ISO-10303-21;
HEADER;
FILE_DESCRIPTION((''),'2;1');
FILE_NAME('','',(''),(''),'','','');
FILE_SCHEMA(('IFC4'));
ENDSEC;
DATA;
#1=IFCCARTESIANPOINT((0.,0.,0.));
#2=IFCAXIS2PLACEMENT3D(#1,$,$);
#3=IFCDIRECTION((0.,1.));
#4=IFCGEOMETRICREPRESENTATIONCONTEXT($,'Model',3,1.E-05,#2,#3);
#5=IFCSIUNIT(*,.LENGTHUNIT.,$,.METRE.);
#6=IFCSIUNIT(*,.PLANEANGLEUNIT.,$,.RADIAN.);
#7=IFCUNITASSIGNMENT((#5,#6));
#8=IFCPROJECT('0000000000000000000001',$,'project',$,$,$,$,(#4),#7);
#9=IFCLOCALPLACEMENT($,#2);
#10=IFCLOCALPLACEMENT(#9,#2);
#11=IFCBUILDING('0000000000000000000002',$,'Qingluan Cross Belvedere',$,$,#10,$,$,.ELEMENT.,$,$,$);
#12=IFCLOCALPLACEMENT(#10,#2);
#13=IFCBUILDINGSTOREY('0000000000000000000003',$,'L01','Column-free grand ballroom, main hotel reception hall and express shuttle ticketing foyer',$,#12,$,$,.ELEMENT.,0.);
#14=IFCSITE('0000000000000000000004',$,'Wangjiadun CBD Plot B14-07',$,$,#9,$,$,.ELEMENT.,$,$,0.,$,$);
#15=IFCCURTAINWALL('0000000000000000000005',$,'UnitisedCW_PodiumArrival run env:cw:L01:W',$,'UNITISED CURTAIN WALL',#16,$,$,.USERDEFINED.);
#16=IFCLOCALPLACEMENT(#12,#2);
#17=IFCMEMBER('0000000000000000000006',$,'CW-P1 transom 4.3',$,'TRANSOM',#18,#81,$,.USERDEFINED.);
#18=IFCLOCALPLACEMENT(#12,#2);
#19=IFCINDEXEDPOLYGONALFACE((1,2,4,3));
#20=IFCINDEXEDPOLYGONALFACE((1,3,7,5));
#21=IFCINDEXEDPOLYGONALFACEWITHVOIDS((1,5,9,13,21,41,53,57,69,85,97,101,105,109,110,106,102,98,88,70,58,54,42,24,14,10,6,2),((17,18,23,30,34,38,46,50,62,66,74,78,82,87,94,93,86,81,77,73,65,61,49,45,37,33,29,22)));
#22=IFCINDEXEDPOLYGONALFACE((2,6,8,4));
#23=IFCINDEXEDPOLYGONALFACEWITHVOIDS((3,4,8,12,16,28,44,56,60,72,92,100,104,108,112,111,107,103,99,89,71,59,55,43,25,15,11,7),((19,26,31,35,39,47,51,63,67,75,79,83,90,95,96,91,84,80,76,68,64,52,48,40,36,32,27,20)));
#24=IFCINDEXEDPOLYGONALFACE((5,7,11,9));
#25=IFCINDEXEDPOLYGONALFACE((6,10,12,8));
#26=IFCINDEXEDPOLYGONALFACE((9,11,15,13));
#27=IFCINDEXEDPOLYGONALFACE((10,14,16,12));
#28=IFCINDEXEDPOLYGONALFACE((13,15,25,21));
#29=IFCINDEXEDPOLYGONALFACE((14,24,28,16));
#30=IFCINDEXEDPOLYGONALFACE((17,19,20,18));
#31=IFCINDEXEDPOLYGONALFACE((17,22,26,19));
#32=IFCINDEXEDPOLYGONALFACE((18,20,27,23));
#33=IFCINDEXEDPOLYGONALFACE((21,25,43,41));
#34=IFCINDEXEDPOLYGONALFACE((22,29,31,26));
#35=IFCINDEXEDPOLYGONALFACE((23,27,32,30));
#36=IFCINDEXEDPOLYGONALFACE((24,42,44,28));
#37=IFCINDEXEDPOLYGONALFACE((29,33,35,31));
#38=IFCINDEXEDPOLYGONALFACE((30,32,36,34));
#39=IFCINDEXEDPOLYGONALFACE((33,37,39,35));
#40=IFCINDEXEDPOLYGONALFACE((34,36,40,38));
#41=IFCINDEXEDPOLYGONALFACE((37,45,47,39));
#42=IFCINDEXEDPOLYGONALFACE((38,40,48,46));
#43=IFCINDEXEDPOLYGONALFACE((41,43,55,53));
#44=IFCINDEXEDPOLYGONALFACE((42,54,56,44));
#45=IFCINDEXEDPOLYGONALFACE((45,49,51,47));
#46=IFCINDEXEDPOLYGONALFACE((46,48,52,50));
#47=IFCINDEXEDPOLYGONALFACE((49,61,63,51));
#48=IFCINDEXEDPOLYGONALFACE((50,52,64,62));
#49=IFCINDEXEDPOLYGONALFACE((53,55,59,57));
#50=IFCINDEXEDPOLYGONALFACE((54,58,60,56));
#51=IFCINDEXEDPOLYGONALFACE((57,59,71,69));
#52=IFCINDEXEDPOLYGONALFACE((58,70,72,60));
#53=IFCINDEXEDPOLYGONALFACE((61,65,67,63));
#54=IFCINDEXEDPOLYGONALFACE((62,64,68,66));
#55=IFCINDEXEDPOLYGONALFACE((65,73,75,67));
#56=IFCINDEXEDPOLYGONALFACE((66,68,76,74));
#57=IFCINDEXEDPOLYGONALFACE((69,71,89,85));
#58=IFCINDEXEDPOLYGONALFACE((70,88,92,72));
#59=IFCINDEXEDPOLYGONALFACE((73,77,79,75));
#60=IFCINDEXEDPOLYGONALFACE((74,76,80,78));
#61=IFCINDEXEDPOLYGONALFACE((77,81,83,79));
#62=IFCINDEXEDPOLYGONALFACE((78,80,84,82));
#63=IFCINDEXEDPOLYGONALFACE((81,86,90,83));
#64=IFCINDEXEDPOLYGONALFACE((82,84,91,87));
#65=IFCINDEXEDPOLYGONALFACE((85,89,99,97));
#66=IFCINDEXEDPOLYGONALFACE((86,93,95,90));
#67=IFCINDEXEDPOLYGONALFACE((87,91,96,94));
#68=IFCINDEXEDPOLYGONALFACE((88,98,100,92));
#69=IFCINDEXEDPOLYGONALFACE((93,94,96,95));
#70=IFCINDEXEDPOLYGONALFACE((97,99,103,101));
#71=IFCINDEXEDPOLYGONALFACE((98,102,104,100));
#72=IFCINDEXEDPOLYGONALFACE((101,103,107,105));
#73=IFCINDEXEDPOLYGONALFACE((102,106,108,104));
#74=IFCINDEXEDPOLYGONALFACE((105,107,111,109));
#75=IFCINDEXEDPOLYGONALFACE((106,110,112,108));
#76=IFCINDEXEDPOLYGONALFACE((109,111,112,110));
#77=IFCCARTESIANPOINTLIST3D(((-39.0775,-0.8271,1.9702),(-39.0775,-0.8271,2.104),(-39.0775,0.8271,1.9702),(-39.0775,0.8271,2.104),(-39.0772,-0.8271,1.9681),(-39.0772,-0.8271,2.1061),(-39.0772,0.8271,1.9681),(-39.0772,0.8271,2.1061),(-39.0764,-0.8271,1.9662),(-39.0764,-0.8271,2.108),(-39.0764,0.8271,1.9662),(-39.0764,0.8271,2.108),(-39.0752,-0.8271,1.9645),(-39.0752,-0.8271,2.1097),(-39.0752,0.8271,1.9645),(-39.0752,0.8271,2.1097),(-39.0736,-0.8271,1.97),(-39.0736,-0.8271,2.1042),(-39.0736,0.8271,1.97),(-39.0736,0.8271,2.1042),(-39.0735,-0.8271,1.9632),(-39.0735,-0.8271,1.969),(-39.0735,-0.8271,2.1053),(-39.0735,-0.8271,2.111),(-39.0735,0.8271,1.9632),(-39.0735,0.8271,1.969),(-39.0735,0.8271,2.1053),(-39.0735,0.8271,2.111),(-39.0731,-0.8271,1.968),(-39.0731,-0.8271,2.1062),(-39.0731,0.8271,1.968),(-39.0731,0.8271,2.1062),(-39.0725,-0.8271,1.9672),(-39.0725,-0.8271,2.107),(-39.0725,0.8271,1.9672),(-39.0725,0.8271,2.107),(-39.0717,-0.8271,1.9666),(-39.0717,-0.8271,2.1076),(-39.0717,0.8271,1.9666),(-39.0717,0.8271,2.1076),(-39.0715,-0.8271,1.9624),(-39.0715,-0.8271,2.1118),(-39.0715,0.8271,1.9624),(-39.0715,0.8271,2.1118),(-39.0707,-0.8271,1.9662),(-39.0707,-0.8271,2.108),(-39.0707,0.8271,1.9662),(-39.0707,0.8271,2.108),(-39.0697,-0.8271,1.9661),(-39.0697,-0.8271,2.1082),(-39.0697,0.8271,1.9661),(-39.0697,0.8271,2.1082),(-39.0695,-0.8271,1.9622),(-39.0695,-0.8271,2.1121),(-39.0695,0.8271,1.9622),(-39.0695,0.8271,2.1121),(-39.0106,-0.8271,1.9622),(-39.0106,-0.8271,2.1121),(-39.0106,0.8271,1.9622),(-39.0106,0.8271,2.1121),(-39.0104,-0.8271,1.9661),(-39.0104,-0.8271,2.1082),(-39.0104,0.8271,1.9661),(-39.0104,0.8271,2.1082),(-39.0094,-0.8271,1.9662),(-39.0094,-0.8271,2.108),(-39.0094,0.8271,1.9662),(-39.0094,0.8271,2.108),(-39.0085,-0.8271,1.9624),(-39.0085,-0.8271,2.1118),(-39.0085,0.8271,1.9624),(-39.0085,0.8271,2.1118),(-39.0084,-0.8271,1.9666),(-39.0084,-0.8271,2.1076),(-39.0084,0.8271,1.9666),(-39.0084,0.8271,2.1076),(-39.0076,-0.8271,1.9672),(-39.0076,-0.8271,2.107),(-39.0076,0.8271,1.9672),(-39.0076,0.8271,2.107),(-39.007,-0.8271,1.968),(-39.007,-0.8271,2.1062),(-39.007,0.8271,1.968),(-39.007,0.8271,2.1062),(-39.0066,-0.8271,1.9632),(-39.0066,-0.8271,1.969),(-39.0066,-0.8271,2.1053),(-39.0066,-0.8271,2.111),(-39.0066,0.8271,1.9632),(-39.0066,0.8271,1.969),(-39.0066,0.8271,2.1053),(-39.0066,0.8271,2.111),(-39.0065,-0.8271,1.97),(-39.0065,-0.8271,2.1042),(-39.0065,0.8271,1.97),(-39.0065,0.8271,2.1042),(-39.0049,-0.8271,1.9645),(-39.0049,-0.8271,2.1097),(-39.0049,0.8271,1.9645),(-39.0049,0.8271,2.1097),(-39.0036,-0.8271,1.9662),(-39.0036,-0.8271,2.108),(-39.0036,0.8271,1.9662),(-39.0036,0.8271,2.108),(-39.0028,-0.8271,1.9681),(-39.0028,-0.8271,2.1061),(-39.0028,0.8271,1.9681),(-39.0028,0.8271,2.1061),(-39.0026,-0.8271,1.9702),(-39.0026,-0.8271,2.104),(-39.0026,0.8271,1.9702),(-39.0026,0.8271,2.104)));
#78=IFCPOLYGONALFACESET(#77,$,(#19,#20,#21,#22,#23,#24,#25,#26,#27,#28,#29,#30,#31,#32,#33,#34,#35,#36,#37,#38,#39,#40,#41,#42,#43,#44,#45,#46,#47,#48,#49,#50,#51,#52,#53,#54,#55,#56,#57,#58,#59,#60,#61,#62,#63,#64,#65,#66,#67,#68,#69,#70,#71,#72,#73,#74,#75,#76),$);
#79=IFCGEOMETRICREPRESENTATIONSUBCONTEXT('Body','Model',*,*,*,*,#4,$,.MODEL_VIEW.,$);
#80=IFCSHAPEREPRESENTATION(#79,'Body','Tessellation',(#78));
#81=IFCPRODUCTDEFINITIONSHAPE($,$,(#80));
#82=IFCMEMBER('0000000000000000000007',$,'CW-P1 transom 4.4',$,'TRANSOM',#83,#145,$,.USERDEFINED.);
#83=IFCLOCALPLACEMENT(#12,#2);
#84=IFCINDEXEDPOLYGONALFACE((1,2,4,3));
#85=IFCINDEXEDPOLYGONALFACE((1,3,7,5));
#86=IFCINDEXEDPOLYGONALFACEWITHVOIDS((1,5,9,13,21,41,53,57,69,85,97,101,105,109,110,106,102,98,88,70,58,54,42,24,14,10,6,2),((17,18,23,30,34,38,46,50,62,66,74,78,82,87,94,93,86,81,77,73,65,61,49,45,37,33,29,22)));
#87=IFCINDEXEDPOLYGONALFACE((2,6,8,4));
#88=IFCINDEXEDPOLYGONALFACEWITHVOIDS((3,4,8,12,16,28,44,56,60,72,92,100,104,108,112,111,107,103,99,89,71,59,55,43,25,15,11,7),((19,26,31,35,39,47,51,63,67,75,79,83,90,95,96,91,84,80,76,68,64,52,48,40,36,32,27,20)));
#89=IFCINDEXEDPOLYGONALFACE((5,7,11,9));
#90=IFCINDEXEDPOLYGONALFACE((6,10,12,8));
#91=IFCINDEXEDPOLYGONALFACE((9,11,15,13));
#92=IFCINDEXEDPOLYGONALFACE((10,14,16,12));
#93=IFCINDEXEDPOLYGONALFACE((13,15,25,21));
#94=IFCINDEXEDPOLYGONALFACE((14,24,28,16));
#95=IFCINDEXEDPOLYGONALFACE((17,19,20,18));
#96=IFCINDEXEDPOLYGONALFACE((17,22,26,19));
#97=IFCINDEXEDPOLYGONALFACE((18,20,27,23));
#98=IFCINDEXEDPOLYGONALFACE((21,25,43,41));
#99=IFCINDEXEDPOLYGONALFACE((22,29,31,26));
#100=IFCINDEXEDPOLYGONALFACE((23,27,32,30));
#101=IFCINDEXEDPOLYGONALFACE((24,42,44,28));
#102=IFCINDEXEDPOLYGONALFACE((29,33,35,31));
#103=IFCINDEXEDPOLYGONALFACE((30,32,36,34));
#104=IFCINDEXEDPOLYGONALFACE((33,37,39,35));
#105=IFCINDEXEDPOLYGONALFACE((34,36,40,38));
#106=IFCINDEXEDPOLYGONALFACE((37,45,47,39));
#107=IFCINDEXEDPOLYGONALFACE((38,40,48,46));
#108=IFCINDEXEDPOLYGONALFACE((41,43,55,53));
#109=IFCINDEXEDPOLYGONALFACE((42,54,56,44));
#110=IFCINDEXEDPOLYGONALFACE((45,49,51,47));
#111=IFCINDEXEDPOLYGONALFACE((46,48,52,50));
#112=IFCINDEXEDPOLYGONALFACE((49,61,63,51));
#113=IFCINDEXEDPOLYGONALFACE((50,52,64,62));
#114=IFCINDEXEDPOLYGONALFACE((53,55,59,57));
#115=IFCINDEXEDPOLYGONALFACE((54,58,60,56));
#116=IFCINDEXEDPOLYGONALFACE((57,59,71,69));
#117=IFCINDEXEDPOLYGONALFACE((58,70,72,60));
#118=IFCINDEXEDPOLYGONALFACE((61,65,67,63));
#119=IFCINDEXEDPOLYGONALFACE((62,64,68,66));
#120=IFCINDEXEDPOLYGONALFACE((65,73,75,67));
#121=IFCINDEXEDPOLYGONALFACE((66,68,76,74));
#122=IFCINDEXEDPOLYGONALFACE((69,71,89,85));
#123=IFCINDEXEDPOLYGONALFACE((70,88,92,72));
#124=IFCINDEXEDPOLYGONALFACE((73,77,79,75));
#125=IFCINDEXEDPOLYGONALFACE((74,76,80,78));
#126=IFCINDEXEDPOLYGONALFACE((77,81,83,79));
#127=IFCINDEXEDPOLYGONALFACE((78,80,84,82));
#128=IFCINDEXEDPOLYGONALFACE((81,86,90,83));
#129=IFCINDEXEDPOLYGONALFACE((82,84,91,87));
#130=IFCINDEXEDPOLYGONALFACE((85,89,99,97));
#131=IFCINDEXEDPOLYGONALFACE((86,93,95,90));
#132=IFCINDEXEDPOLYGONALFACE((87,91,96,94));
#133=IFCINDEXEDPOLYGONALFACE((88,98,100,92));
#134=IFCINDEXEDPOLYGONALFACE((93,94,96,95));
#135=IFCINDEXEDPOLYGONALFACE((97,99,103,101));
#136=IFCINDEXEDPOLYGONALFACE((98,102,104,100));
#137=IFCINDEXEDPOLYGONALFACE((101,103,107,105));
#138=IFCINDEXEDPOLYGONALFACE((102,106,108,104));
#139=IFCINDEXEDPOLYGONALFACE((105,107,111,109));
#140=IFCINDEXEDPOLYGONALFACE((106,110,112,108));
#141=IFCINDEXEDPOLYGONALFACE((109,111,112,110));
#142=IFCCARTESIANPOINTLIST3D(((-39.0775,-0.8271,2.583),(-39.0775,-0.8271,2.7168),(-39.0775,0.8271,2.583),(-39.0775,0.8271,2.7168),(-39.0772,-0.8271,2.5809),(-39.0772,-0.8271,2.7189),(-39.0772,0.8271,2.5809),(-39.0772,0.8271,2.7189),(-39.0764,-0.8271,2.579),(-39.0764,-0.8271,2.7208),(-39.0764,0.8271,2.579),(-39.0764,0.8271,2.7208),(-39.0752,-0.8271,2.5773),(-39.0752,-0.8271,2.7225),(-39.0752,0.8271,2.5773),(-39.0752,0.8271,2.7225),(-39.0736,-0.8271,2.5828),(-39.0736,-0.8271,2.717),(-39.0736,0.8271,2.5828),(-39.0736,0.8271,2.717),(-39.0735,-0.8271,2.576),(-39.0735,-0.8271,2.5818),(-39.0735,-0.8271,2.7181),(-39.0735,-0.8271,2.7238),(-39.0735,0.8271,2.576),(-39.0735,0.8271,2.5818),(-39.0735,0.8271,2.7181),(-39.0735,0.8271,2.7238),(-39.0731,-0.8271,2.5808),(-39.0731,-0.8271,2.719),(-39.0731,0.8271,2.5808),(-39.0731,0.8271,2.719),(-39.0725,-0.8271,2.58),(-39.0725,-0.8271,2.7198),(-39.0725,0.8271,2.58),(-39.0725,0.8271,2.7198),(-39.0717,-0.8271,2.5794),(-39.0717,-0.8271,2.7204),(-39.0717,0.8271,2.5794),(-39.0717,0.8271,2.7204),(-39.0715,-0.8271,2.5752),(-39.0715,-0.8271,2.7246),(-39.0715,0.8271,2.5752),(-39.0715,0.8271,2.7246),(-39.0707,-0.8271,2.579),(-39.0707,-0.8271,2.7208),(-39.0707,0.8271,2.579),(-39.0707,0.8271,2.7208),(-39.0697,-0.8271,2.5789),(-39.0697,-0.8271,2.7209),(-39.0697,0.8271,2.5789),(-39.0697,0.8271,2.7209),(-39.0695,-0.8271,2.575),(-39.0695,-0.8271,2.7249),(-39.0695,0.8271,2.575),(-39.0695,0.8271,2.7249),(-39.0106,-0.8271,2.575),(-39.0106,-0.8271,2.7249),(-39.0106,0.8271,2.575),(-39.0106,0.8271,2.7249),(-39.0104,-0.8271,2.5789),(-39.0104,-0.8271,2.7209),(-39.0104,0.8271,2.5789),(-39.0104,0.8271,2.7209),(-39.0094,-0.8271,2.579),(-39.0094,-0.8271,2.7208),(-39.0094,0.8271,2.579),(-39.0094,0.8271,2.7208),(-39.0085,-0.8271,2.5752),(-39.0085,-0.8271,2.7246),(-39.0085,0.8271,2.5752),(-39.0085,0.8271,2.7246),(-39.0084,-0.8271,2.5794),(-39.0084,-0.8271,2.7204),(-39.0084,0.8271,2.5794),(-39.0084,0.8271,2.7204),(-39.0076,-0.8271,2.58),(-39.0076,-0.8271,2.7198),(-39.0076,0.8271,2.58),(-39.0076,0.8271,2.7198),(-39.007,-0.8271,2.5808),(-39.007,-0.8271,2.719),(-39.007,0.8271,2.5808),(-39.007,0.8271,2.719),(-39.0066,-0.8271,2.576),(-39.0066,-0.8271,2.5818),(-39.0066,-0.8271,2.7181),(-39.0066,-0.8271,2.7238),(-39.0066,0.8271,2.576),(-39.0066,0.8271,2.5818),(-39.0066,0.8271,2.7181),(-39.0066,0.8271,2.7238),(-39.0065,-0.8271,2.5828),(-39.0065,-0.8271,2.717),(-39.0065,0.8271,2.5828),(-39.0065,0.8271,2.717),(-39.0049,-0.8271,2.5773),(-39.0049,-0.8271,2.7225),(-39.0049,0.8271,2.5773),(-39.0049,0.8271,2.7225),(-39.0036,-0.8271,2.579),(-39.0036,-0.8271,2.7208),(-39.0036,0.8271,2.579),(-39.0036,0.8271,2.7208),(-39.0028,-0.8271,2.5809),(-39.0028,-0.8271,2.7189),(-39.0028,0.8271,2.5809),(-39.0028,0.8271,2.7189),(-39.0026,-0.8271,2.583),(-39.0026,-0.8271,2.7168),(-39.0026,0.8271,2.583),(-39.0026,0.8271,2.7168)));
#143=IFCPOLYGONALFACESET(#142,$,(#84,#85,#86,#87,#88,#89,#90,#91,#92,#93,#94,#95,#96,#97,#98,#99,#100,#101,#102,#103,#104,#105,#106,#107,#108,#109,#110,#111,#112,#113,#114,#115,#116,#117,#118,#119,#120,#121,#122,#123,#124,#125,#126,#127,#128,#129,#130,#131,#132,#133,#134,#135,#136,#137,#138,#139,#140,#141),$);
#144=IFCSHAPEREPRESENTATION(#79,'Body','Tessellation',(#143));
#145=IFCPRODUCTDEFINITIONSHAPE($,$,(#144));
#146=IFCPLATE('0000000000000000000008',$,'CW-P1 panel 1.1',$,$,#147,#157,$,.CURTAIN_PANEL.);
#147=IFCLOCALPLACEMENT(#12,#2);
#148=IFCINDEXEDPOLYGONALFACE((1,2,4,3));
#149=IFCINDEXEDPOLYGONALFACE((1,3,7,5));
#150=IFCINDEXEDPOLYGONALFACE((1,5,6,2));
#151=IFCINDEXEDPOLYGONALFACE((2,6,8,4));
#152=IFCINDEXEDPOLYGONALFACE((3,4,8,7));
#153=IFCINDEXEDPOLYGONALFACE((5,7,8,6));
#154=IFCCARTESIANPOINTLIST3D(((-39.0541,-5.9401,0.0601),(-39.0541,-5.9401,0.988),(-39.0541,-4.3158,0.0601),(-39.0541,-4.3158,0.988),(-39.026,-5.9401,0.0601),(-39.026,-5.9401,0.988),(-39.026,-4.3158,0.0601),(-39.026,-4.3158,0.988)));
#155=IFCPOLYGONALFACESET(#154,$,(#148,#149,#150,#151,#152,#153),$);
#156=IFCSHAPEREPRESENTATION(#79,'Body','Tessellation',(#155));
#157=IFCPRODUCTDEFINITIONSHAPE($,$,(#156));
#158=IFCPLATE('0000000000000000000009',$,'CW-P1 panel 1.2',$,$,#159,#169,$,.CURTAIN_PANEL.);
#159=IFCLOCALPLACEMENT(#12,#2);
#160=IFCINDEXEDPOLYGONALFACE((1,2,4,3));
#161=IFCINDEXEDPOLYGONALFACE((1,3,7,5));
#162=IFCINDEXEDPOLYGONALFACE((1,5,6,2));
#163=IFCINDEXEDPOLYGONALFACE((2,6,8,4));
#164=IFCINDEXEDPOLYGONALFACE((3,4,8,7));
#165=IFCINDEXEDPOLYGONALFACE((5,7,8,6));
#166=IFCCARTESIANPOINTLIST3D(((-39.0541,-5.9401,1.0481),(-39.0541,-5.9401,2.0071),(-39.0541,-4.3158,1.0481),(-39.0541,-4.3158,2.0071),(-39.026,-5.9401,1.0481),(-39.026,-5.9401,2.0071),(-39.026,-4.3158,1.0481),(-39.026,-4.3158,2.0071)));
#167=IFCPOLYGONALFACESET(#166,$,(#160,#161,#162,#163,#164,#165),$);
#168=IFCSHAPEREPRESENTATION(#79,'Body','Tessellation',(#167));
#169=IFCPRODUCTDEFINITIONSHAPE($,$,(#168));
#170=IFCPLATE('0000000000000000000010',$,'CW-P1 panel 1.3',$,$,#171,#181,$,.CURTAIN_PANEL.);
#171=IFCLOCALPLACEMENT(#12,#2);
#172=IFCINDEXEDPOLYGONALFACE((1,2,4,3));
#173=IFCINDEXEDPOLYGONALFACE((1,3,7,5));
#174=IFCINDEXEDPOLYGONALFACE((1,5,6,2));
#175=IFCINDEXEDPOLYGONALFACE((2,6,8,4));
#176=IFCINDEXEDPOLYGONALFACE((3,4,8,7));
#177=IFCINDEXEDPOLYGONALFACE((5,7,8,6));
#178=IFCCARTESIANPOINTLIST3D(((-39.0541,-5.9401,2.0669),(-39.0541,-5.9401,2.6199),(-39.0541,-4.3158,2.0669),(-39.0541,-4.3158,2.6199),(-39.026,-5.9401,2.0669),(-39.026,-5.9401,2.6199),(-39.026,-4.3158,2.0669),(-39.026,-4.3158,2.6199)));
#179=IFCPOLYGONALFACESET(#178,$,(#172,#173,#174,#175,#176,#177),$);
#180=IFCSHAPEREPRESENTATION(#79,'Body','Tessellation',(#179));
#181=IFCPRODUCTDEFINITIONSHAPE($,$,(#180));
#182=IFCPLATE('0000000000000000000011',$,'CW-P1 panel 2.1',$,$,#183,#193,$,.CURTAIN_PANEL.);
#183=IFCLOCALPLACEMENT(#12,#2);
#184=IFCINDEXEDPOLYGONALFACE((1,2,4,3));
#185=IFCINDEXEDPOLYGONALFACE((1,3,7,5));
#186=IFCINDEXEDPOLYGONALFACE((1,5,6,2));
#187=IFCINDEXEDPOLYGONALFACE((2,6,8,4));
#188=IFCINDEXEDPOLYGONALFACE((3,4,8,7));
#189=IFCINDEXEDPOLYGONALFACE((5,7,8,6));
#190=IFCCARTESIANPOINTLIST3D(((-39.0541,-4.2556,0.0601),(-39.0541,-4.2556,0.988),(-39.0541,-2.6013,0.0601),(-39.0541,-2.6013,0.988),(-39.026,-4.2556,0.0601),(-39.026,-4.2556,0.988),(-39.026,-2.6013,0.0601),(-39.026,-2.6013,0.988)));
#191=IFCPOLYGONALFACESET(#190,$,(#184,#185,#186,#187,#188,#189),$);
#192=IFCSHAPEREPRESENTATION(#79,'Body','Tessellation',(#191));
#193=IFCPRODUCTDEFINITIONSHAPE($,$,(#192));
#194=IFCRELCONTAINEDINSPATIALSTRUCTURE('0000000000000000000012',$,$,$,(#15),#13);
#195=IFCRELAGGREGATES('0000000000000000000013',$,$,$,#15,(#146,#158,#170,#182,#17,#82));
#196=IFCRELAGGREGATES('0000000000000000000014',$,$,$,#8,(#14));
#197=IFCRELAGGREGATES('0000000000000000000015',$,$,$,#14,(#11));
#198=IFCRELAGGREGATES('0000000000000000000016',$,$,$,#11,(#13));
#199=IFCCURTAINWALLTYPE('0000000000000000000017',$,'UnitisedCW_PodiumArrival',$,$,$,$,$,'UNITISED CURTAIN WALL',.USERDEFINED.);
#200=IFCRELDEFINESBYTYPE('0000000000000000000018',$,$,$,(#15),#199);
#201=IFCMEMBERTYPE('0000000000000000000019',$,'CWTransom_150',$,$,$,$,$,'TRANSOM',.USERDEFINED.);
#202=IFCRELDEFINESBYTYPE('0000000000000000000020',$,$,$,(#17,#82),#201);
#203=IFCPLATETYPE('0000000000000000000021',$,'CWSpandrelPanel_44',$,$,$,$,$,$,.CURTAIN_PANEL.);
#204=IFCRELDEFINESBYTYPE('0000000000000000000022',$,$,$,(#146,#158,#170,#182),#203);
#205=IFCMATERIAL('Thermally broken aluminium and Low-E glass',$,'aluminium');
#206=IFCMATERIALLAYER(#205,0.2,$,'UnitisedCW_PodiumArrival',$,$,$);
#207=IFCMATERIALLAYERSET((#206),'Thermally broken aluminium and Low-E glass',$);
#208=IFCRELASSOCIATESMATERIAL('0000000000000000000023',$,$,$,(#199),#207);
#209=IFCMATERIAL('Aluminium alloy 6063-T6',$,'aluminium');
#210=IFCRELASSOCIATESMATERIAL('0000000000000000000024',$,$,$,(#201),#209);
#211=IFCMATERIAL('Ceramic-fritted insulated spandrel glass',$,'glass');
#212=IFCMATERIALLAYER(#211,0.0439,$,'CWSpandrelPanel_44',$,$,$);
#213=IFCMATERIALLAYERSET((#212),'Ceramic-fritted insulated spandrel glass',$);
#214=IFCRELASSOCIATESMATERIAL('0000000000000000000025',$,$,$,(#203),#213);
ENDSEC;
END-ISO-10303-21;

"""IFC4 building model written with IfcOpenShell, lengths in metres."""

from ifc_helpers import new_model, si_unit, direction, frame, origin, origin_2d, place, context, subcontext, project, spatial, rectangle, hollow_rectangle, extrude, material, layer, layer_set, material_profile, profile_set, type_object, element, aggregate, save


model = new_model("IFC4")

# Units and contexts
model_context = context("Model", 3, precision=1e-05, world=origin(), true_north=direction((0.0, 1.0)))
body_context = subcontext(model_context, "Body", "Model", "MODEL_VIEW")
ifc_project = project(units=[si_unit("LENGTHUNIT", "METRE"), si_unit("PLANEANGLEUNIT", "RADIAN")], contexts=[model_context])

# Site, building, storey
site_placement = place(None, origin())
site = spatial("IfcSite", under=ifc_project, at=site_placement, Name="Wangjiadun CBD Plot B14-07", CompositionType="ELEMENT", RefElevation=0.0)
building_placement = place(site_placement, origin())
building = spatial("IfcBuilding", under=site, at=building_placement, Name="Qingluan Cross Belvedere", CompositionType="ELEMENT")
storey_placement = place(building_placement, origin())
storey = spatial("IfcBuildingStorey", under=building, at=storey_placement, Name="L01", Description="Column-free grand ballroom, main hotel reception hall and express shuttle ticketing foyer", CompositionType="ELEMENT", Elevation=0.0)

# Curtain wall, members, plates
ifc_material_1 = material(Name="Thermally broken aluminium and Low-E glass", Category="aluminium")
ifc_layer_1 = layer(ifc_material_1, 0.2, Name="UnitisedCW_PodiumArrival")
ifc_layer_set_1 = layer_set([ifc_layer_1], Name="Thermally broken aluminium and Low-E glass")
curtain_wall_type = type_object("IfcCurtainWallType", Name="UnitisedCW_PodiumArrival", ElementType="UNITISED CURTAIN WALL", PredefinedType="USERDEFINED", material=ifc_layer_set_1)
curtain_wall_placement = place(storey_placement, origin())
curtain_wall = element("IfcCurtainWall", 1, at=curtain_wall_placement, inside=storey, type_object=curtain_wall_type, Name="UnitisedCW_PodiumArrival run env:cw:L01:W", ObjectType="UNITISED CURTAIN WALL", PredefinedType="USERDEFINED")
ifc_material_2 = material(Name="Aluminium alloy 6063-T6", Category="aluminium")
ifc_material_profile_1 = material_profile(ifc_material_2, hollow_rectangle(XDim=0.075, YDim=0.1499, WallThickness=0.0039, InnerFilletRadius=0.0039, OuterFilletRadius=0.0081, at=origin_2d()), Name="CWT150x75x4")
ifc_profile_set_1 = profile_set([ifc_material_profile_1], Name="Aluminium alloy 6063-T6")
member_type_1 = type_object("IfcMemberType", Name="CWTransom_150", ElementType="TRANSOM", PredefinedType="USERDEFINED", material=ifc_profile_set_1)
member_1_placement = place(storey_placement, frame((-39.04, -0.8271, 2.0371), z_axis=(0.0, 1.0, 0.0), x_axis=(-1.0, 0.0, 0.0)))
member_1 = element("IfcMember", 2, at=member_1_placement, type_object=member_type_1, Name="CW-P1 transom 4.3", ObjectType="TRANSOM", PredefinedType="USERDEFINED", context=body_context, shape_type="SweptSolid", body=[
    extrude(hollow_rectangle(XDim=0.075, YDim=0.1499, WallThickness=0.0039, InnerFilletRadius=0.0039, OuterFilletRadius=0.0081, at=origin_2d()), origin(), (0.0, 0.0, 1.0), 1.6543),
])
member_2_placement = place(storey_placement, frame((-39.04, -0.8271, 2.6499), z_axis=(0.0, 1.0, 0.0), x_axis=(-1.0, 0.0, 0.0)))
member_2 = element("IfcMember", 3, at=member_2_placement, type_object=member_type_1, Name="CW-P1 transom 4.4", ObjectType="TRANSOM", PredefinedType="USERDEFINED", context=body_context, shape_type="SweptSolid", body=[
    extrude(hollow_rectangle(XDim=0.075, YDim=0.1499, WallThickness=0.0039, InnerFilletRadius=0.0039, OuterFilletRadius=0.0081, at=origin_2d()), origin(), (0.0, 0.0, 1.0), 1.6543),
])
ifc_material_3 = material(Name="Ceramic-fritted insulated spandrel glass", Category="glass")
ifc_layer_2 = layer(ifc_material_3, 0.0439, Name="CWSpandrelPanel_44")
ifc_layer_set_2 = layer_set([ifc_layer_2], Name="Ceramic-fritted insulated spandrel glass")
plate_type = type_object("IfcPlateType", Name="CWSpandrelPanel_44", PredefinedType="CURTAIN_PANEL", material=ifc_layer_set_2)
plate_1_placement = place(storey_placement, frame((-39.04, -5.1279, 0.0601), z_axis=(0.0, 0.0, 1.0), x_axis=(0.0, 1.0, 0.0)))
plate_1 = element("IfcPlate", 4, at=plate_1_placement, type_object=plate_type, Name="CW-P1 panel 1.1", PredefinedType="CURTAIN_PANEL", context=body_context, shape_type="SweptSolid", body=[
    extrude(rectangle(XDim=1.6243, YDim=0.0281, at=origin_2d()), origin(), (0.0, 0.0, 1.0), 0.928),
])
plate_2_placement = place(storey_placement, frame((-39.04, -5.1279, 1.0481), z_axis=(0.0, 0.0, 1.0), x_axis=(0.0, 1.0, 0.0)))
plate_2 = element("IfcPlate", 5, at=plate_2_placement, type_object=plate_type, Name="CW-P1 panel 1.2", PredefinedType="CURTAIN_PANEL", context=body_context, shape_type="SweptSolid", body=[
    extrude(rectangle(XDim=1.6243, YDim=0.0281, at=origin_2d()), origin(), (0.0, 0.0, 1.0), 0.959),
])
plate_3_placement = place(storey_placement, frame((-39.04, -5.1279, 2.0669), z_axis=(0.0, 0.0, 1.0), x_axis=(0.0, 1.0, 0.0)))
plate_3 = element("IfcPlate", 6, at=plate_3_placement, type_object=plate_type, Name="CW-P1 panel 1.3", PredefinedType="CURTAIN_PANEL", context=body_context, shape_type="SweptSolid", body=[
    extrude(rectangle(XDim=1.6243, YDim=0.0281, at=origin_2d()), origin(), (0.0, 0.0, 1.0), 0.553),
])
plate_4_placement = place(storey_placement, frame((-39.04, -3.4285, 0.0601), z_axis=(0.0, 0.0, 1.0), x_axis=(0.0, 1.0, 0.0)))
plate_4 = element("IfcPlate", 7, at=plate_4_placement, type_object=plate_type, Name="CW-P1 panel 2.1", PredefinedType="CURTAIN_PANEL", context=body_context, shape_type="SweptSolid", body=[
    extrude(rectangle(XDim=1.6543, YDim=0.0281, at=origin_2d()), origin(), (0.0, 0.0, 1.0), 0.928),
])
aggregate(curtain_wall, [plate_1, plate_2, plate_3, plate_4, member_1, member_2])

save(model, "model.ifc")
